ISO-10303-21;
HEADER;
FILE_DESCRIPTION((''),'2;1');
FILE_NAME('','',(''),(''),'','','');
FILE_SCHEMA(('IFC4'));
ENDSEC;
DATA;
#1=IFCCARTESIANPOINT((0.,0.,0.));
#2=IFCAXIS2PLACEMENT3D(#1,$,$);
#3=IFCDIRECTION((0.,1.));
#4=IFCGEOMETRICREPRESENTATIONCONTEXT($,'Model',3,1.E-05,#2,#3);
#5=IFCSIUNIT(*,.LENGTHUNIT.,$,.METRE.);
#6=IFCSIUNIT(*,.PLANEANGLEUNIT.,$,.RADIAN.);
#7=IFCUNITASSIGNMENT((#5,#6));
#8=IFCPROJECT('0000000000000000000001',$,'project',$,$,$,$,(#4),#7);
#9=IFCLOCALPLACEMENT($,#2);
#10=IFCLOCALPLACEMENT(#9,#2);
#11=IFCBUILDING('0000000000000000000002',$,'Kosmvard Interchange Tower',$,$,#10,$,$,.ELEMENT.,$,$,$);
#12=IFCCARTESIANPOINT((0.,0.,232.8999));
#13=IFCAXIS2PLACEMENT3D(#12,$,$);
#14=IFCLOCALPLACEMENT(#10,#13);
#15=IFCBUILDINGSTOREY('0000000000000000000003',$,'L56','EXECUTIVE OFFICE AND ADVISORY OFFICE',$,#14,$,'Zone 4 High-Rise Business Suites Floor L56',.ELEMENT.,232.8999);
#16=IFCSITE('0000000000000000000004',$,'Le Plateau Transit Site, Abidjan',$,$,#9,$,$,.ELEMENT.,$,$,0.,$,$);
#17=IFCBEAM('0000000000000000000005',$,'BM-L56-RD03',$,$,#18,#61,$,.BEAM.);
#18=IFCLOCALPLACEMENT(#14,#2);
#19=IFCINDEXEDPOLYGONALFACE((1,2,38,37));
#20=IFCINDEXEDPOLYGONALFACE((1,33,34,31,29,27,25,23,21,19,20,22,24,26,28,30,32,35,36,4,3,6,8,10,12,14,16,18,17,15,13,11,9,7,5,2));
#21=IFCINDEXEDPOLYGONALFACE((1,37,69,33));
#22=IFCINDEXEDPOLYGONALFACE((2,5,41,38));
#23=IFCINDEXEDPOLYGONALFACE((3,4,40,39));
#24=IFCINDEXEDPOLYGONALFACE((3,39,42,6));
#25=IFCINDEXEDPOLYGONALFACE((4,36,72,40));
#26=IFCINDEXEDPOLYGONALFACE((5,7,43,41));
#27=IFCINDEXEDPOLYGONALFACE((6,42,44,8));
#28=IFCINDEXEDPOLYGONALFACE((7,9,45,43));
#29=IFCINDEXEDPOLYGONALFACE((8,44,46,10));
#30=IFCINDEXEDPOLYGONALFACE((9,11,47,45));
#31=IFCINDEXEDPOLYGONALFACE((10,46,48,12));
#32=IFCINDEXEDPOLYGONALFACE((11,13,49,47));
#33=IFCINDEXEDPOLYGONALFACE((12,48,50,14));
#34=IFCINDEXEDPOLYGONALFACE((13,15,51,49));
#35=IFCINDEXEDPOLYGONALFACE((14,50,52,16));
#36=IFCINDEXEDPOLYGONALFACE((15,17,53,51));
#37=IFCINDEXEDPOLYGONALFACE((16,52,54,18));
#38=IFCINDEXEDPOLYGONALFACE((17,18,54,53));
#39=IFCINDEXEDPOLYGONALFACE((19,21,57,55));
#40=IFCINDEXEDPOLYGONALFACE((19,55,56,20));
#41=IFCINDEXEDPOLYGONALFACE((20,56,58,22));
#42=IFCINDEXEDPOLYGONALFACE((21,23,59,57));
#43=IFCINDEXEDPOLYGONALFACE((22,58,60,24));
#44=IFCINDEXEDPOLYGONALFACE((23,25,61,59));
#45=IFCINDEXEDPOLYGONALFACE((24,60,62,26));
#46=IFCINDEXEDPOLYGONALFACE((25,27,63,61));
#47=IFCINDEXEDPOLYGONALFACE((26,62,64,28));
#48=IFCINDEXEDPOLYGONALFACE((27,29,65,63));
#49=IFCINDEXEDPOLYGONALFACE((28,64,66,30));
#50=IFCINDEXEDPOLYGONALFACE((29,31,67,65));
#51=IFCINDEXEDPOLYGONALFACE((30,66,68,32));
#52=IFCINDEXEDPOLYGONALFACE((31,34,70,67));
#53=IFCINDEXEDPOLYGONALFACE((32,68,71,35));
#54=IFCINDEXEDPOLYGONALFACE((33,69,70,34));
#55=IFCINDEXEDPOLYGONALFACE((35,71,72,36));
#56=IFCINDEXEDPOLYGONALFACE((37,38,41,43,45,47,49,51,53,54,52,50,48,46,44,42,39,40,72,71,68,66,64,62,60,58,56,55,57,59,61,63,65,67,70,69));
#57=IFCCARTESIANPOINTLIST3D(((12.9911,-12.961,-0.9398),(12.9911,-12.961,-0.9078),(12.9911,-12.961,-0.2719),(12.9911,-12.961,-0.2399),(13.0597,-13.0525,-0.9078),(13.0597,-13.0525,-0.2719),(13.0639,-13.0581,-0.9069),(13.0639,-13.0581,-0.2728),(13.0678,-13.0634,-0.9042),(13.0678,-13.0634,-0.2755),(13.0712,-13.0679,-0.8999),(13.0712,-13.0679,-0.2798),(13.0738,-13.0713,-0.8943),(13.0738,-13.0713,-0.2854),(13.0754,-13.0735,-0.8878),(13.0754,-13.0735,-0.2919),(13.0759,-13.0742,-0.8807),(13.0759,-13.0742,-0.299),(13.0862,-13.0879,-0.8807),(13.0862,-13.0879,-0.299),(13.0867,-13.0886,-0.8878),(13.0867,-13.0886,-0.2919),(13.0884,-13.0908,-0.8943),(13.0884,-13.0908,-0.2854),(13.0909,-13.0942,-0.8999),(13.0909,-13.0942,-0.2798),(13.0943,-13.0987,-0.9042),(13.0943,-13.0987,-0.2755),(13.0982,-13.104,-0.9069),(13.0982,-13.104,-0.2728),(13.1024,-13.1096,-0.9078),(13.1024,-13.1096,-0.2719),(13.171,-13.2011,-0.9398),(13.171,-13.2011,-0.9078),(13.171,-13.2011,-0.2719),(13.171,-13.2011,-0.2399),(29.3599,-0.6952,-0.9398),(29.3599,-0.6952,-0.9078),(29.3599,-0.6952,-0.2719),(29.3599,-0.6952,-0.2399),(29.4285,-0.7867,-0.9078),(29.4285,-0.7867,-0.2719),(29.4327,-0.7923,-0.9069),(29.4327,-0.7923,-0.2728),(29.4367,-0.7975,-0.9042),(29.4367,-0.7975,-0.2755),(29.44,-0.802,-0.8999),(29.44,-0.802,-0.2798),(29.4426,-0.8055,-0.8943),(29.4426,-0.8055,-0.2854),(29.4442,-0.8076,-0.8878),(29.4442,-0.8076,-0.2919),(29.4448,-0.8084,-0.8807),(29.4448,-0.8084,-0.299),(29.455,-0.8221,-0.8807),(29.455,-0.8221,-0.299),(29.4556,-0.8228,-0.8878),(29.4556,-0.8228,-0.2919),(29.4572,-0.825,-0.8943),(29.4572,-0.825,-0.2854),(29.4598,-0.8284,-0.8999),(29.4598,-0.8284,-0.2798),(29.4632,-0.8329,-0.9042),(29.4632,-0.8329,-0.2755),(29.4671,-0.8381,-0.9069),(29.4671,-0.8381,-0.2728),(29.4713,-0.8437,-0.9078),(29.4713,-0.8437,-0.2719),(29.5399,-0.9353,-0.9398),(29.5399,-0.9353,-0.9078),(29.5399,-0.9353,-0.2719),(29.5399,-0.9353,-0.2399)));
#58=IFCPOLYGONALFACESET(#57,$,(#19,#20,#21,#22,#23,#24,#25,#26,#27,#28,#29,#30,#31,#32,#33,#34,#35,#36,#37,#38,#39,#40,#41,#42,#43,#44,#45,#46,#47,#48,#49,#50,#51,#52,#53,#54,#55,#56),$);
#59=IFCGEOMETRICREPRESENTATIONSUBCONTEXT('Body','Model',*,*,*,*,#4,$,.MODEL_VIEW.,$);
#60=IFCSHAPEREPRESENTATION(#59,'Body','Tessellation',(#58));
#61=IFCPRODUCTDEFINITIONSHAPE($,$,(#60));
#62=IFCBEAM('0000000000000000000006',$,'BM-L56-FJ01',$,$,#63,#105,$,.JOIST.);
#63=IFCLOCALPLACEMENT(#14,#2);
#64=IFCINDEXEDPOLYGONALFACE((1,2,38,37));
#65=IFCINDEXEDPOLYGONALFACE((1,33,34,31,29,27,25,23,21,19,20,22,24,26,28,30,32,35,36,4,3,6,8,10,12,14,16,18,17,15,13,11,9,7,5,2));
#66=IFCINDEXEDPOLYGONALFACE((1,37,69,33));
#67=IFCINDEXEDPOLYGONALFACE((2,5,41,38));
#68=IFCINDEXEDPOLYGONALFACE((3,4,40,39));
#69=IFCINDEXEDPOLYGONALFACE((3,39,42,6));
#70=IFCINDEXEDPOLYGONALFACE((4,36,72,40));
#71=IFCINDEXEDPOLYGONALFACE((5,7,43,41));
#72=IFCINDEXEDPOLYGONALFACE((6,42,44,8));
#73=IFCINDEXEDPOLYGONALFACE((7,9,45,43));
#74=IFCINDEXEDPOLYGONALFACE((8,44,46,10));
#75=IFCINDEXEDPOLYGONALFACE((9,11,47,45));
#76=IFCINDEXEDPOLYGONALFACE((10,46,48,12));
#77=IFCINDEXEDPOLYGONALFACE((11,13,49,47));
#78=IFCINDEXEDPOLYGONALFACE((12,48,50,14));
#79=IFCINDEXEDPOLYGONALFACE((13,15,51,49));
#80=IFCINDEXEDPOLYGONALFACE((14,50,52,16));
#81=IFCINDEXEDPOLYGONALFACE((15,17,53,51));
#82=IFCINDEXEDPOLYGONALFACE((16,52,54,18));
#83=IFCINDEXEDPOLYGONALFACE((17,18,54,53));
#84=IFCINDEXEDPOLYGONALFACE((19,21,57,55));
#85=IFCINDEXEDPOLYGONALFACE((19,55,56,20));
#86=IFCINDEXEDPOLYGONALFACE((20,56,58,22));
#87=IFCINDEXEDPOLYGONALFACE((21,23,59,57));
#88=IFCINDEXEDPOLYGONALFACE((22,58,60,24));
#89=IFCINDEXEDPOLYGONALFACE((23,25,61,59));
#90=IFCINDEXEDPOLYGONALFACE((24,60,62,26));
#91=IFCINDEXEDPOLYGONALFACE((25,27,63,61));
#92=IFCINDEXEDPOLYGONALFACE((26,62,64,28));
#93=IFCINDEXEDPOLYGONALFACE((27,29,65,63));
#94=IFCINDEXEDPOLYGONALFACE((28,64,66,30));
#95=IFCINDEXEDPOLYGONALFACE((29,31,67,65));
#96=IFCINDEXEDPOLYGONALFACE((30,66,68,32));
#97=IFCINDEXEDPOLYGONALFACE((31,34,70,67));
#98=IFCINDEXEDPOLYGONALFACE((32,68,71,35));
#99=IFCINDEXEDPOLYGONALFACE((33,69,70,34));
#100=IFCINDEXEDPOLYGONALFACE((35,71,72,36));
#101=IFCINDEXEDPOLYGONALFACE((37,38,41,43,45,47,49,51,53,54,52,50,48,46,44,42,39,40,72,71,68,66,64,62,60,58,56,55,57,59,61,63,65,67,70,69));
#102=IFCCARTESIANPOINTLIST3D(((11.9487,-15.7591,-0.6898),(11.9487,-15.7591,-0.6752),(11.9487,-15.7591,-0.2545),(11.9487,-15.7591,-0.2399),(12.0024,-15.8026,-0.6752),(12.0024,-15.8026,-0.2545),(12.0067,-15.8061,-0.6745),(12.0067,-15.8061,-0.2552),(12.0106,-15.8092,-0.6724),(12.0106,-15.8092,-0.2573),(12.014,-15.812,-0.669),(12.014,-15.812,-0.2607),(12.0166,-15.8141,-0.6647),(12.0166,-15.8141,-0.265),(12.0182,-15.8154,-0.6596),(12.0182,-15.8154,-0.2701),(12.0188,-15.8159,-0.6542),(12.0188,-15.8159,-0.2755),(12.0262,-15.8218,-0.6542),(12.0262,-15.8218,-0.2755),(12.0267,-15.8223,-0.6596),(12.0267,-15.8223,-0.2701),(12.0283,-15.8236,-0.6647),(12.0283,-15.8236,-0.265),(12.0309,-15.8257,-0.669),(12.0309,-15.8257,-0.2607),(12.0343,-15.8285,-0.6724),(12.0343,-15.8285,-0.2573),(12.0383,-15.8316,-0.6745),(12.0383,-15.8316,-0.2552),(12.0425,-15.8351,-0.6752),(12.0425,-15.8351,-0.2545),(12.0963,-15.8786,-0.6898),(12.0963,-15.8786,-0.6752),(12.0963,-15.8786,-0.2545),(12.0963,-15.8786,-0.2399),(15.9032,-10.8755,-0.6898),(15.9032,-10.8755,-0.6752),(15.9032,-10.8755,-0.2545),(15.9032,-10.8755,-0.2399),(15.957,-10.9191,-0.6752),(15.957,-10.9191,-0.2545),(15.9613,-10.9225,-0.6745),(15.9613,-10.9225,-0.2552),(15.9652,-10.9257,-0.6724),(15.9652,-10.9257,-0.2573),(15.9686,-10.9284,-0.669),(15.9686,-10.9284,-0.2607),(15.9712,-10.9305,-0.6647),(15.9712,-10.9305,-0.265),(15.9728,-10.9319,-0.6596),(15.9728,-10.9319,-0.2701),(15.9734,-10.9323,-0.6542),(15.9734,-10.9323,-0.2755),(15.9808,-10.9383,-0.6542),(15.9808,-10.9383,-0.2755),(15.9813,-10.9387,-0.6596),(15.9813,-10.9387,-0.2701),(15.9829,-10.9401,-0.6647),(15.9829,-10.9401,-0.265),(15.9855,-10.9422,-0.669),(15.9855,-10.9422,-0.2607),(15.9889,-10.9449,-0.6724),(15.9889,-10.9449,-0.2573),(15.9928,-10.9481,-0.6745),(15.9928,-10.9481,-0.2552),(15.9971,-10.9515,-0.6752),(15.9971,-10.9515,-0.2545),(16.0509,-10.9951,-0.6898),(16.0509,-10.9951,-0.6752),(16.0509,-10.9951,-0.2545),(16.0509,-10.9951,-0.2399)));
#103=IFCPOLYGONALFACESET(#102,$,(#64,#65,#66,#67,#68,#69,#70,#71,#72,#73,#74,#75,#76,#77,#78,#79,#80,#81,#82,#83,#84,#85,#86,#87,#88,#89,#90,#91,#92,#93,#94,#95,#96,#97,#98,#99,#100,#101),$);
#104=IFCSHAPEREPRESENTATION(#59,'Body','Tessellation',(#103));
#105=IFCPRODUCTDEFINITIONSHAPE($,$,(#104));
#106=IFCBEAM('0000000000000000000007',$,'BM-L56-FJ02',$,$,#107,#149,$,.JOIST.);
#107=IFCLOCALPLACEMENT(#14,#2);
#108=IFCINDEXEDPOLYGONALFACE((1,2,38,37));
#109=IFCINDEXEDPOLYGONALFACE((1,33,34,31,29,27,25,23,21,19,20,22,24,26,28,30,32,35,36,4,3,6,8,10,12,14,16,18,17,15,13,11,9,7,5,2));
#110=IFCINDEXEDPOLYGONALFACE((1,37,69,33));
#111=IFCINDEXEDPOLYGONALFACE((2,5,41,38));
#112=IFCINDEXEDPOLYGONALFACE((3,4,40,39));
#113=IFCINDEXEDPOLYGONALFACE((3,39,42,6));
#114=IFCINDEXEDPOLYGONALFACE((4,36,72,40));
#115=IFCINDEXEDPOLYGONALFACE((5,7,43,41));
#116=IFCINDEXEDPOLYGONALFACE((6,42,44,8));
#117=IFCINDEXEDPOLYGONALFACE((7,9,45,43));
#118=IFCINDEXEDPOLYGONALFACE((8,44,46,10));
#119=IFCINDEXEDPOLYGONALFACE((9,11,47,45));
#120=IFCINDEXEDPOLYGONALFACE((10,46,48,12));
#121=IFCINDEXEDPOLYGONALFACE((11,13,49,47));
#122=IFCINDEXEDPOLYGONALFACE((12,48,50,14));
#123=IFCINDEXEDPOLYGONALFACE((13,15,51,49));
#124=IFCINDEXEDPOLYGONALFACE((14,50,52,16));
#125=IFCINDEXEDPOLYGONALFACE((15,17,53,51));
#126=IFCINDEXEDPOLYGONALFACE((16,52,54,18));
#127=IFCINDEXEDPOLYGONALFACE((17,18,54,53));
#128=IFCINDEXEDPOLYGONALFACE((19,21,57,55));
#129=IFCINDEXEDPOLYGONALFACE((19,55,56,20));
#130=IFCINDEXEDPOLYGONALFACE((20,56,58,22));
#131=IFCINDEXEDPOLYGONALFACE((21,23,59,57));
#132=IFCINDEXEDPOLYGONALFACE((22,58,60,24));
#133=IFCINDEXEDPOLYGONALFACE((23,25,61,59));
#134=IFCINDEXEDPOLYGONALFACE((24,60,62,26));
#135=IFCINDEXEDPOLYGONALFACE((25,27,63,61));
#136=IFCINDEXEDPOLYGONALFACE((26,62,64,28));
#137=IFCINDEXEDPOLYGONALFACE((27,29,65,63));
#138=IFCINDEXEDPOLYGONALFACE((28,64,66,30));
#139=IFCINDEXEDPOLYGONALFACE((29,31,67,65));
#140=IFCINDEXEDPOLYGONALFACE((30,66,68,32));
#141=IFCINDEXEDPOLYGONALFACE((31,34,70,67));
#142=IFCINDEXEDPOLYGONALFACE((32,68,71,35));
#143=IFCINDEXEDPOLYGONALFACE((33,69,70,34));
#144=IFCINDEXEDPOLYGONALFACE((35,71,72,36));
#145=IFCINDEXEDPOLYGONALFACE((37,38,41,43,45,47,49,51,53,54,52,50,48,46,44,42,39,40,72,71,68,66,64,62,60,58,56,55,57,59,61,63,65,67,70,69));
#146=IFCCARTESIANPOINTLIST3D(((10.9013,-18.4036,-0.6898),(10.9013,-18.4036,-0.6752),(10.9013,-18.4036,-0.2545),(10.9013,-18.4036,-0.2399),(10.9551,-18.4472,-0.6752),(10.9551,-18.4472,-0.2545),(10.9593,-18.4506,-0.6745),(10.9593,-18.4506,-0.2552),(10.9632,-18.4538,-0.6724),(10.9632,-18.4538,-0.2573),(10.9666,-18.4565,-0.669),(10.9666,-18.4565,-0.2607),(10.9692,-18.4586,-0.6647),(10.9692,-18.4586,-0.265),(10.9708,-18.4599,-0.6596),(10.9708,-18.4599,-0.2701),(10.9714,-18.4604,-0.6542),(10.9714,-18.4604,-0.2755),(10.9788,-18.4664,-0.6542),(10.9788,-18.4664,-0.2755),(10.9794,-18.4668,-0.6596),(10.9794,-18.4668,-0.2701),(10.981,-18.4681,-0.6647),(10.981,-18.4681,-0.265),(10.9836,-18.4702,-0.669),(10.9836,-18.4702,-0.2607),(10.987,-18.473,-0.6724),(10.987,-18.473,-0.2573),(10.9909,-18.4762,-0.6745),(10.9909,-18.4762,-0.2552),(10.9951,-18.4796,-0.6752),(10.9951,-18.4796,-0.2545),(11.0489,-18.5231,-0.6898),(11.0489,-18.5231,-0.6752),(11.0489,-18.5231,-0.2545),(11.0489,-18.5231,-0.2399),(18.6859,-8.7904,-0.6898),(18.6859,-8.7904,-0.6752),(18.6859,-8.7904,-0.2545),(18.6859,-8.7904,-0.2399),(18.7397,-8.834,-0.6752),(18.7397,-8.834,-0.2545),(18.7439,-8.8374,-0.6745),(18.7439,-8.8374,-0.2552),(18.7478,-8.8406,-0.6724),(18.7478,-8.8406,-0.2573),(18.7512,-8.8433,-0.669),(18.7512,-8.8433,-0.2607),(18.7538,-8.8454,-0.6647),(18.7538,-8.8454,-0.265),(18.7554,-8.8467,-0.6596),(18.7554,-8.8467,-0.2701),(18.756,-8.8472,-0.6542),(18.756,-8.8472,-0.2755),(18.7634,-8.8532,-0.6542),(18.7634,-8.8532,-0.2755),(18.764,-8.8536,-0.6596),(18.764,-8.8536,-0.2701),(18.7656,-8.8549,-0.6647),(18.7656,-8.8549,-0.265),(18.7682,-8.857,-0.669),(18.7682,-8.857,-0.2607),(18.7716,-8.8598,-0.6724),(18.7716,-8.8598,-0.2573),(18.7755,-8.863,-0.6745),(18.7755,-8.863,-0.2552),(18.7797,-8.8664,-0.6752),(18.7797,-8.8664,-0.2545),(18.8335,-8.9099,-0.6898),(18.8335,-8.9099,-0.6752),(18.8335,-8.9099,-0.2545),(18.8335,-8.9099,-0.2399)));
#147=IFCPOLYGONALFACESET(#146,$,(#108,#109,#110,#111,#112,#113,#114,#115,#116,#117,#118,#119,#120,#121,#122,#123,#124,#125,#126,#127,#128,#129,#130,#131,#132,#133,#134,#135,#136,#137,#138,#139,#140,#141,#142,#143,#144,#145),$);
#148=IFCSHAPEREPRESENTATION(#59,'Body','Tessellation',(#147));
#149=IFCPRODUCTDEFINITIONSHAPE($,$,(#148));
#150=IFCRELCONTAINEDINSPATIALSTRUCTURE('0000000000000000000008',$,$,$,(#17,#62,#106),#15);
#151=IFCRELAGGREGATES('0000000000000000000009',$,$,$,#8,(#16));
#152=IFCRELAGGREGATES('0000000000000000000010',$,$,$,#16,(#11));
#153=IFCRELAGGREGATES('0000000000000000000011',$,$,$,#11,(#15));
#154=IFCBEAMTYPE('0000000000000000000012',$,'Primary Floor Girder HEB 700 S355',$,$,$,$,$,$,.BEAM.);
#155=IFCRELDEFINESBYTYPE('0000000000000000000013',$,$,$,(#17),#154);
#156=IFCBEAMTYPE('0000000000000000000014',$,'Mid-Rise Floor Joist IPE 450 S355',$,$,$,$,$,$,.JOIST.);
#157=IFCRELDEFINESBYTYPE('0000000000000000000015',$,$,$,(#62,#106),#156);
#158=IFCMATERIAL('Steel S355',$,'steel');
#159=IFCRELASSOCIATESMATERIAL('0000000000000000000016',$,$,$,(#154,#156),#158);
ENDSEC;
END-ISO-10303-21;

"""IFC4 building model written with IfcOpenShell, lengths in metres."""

from ifc_helpers import new_model, si_unit, direction, frame, origin, origin_2d, place, context, subcontext, project, spatial, i_section, extrude, source, transform, mapped, material, material_profile, profile_set, type_object, element, save


model = new_model("IFC4")

# Units and contexts
model_context = context("Model", 3, precision=1e-05, world=origin(), true_north=direction((0.0, 1.0)))
body_context = subcontext(model_context, "Body", "Model", "MODEL_VIEW")
ifc_project = project(units=[si_unit("LENGTHUNIT", "METRE"), si_unit("PLANEANGLEUNIT", "RADIAN")], contexts=[model_context])

# Site, building, storey
site_placement = place(None, origin())
site = spatial("IfcSite", under=ifc_project, at=site_placement, Name="Le Plateau Transit Site, Abidjan", CompositionType="ELEMENT", RefElevation=0.0)
building_placement = place(site_placement, origin())
building = spatial("IfcBuilding", under=site, at=building_placement, Name="Kosmvard Interchange Tower", CompositionType="ELEMENT")
storey_placement = place(building_placement, frame((0.0, 0.0, 232.8999)))
storey = spatial("IfcBuildingStorey", under=building, at=storey_placement, Name="L56", Description="EXECUTIVE OFFICE AND ADVISORY OFFICE", LongName="Zone 4 High-Rise Business Suites Floor L56", CompositionType="ELEMENT", Elevation=232.8999)

# Beams
ifc_material_1 = material(Name="Steel S355", Category="steel")
ifc_material_profile_1 = material_profile(ifc_material_1, i_section(OverallWidth=0.3, OverallDepth=0.7, WebThickness=0.0171, FlangeThickness=0.032, FilletRadius=0.0271, at=origin_2d()), Name="HEB 700")
ifc_profile_set_1 = profile_set([ifc_material_profile_1], Name="Steel S355")
beam_type_1 = type_object("IfcBeamType", Name="Primary Floor Girder HEB 700 S355", PredefinedType="BEAM", material=ifc_profile_set_1)
shared_shape_1 = source(origin(), body_context, "Body", "SweptSolid", [
    extrude(i_section(OverallWidth=0.3, OverallDepth=0.7, WebThickness=0.0171, FlangeThickness=0.032, FilletRadius=0.0271, at=origin_2d()), origin(), (0.0, 0.0, 1.0), 20.4546),
])
beam_1_placement = place(storey_placement, frame((13.0811, -13.0811, -0.5898), z_axis=(0.800253, 0.599662, 0.0), x_axis=(-0.599662, 0.800253, 0.0)))
element("IfcBeam", 1, at=beam_1_placement, inside=storey, type_object=beam_type_1, Name="BM-L56-RD03", PredefinedType="BEAM", context=body_context, shape_type="MappedRepresentation", body=[
    mapped(shared_shape_1, transform((0.0, 0.0, 0.0), scale=1.0)),
])
ifc_material_profile_2 = material_profile(ifc_material_1, i_section(OverallWidth=0.1899, OverallDepth=0.45, WebThickness=0.0095, FlangeThickness=0.0146, FilletRadius=0.021, at=origin_2d()), Name="IPE 450")
ifc_profile_set_2 = profile_set([ifc_material_profile_2], Name="Steel S355")
beam_type_2 = type_object("IfcBeamType", Name="Mid-Rise Floor Joist IPE 450 S355", PredefinedType="JOIST", material=ifc_profile_set_2)
shared_shape_2 = source(origin(), body_context, "Body", "SweptSolid", [
    extrude(i_section(OverallWidth=0.1899, OverallDepth=0.45, WebThickness=0.0095, FlangeThickness=0.0146, FilletRadius=0.021, at=origin_2d()), origin(), (0.0, 0.0, 1.0), 6.2839),
])
beam_2_placement = place(storey_placement, frame((12.0225, -15.8188, -0.4648), z_axis=(0.629318, 0.777148, 0.0), x_axis=(-0.777148, 0.629318, 0.0)))
element("IfcBeam", 2, at=beam_2_placement, inside=storey, type_object=beam_type_2, Name="BM-L56-FJ01", PredefinedType="JOIST", context=body_context, shape_type="MappedRepresentation", body=[
    mapped(shared_shape_2, transform((0.0, 0.0, 0.0), scale=1.0)),
])
shared_shape_3 = source(origin(), body_context, "Body", "SweptSolid", [
    extrude(i_section(OverallWidth=0.1899, OverallDepth=0.45, WebThickness=0.0095, FlangeThickness=0.0146, FilletRadius=0.021, at=origin_2d()), origin(), (0.0, 0.0, 1.0), 12.3699),
])
beam_3_placement = place(storey_placement, frame((10.9751, -18.4634, -0.4648), z_axis=(0.62932, 0.777147, 0.0), x_axis=(-0.777147, 0.62932, 0.0)))
element("IfcBeam", 3, at=beam_3_placement, inside=storey, type_object=beam_type_2, Name="BM-L56-FJ02", PredefinedType="JOIST", context=body_context, shape_type="MappedRepresentation", body=[
    mapped(shared_shape_3, transform((0.0, 0.0, 0.0), scale=1.0)),
])

save(model, "model.ifc")
